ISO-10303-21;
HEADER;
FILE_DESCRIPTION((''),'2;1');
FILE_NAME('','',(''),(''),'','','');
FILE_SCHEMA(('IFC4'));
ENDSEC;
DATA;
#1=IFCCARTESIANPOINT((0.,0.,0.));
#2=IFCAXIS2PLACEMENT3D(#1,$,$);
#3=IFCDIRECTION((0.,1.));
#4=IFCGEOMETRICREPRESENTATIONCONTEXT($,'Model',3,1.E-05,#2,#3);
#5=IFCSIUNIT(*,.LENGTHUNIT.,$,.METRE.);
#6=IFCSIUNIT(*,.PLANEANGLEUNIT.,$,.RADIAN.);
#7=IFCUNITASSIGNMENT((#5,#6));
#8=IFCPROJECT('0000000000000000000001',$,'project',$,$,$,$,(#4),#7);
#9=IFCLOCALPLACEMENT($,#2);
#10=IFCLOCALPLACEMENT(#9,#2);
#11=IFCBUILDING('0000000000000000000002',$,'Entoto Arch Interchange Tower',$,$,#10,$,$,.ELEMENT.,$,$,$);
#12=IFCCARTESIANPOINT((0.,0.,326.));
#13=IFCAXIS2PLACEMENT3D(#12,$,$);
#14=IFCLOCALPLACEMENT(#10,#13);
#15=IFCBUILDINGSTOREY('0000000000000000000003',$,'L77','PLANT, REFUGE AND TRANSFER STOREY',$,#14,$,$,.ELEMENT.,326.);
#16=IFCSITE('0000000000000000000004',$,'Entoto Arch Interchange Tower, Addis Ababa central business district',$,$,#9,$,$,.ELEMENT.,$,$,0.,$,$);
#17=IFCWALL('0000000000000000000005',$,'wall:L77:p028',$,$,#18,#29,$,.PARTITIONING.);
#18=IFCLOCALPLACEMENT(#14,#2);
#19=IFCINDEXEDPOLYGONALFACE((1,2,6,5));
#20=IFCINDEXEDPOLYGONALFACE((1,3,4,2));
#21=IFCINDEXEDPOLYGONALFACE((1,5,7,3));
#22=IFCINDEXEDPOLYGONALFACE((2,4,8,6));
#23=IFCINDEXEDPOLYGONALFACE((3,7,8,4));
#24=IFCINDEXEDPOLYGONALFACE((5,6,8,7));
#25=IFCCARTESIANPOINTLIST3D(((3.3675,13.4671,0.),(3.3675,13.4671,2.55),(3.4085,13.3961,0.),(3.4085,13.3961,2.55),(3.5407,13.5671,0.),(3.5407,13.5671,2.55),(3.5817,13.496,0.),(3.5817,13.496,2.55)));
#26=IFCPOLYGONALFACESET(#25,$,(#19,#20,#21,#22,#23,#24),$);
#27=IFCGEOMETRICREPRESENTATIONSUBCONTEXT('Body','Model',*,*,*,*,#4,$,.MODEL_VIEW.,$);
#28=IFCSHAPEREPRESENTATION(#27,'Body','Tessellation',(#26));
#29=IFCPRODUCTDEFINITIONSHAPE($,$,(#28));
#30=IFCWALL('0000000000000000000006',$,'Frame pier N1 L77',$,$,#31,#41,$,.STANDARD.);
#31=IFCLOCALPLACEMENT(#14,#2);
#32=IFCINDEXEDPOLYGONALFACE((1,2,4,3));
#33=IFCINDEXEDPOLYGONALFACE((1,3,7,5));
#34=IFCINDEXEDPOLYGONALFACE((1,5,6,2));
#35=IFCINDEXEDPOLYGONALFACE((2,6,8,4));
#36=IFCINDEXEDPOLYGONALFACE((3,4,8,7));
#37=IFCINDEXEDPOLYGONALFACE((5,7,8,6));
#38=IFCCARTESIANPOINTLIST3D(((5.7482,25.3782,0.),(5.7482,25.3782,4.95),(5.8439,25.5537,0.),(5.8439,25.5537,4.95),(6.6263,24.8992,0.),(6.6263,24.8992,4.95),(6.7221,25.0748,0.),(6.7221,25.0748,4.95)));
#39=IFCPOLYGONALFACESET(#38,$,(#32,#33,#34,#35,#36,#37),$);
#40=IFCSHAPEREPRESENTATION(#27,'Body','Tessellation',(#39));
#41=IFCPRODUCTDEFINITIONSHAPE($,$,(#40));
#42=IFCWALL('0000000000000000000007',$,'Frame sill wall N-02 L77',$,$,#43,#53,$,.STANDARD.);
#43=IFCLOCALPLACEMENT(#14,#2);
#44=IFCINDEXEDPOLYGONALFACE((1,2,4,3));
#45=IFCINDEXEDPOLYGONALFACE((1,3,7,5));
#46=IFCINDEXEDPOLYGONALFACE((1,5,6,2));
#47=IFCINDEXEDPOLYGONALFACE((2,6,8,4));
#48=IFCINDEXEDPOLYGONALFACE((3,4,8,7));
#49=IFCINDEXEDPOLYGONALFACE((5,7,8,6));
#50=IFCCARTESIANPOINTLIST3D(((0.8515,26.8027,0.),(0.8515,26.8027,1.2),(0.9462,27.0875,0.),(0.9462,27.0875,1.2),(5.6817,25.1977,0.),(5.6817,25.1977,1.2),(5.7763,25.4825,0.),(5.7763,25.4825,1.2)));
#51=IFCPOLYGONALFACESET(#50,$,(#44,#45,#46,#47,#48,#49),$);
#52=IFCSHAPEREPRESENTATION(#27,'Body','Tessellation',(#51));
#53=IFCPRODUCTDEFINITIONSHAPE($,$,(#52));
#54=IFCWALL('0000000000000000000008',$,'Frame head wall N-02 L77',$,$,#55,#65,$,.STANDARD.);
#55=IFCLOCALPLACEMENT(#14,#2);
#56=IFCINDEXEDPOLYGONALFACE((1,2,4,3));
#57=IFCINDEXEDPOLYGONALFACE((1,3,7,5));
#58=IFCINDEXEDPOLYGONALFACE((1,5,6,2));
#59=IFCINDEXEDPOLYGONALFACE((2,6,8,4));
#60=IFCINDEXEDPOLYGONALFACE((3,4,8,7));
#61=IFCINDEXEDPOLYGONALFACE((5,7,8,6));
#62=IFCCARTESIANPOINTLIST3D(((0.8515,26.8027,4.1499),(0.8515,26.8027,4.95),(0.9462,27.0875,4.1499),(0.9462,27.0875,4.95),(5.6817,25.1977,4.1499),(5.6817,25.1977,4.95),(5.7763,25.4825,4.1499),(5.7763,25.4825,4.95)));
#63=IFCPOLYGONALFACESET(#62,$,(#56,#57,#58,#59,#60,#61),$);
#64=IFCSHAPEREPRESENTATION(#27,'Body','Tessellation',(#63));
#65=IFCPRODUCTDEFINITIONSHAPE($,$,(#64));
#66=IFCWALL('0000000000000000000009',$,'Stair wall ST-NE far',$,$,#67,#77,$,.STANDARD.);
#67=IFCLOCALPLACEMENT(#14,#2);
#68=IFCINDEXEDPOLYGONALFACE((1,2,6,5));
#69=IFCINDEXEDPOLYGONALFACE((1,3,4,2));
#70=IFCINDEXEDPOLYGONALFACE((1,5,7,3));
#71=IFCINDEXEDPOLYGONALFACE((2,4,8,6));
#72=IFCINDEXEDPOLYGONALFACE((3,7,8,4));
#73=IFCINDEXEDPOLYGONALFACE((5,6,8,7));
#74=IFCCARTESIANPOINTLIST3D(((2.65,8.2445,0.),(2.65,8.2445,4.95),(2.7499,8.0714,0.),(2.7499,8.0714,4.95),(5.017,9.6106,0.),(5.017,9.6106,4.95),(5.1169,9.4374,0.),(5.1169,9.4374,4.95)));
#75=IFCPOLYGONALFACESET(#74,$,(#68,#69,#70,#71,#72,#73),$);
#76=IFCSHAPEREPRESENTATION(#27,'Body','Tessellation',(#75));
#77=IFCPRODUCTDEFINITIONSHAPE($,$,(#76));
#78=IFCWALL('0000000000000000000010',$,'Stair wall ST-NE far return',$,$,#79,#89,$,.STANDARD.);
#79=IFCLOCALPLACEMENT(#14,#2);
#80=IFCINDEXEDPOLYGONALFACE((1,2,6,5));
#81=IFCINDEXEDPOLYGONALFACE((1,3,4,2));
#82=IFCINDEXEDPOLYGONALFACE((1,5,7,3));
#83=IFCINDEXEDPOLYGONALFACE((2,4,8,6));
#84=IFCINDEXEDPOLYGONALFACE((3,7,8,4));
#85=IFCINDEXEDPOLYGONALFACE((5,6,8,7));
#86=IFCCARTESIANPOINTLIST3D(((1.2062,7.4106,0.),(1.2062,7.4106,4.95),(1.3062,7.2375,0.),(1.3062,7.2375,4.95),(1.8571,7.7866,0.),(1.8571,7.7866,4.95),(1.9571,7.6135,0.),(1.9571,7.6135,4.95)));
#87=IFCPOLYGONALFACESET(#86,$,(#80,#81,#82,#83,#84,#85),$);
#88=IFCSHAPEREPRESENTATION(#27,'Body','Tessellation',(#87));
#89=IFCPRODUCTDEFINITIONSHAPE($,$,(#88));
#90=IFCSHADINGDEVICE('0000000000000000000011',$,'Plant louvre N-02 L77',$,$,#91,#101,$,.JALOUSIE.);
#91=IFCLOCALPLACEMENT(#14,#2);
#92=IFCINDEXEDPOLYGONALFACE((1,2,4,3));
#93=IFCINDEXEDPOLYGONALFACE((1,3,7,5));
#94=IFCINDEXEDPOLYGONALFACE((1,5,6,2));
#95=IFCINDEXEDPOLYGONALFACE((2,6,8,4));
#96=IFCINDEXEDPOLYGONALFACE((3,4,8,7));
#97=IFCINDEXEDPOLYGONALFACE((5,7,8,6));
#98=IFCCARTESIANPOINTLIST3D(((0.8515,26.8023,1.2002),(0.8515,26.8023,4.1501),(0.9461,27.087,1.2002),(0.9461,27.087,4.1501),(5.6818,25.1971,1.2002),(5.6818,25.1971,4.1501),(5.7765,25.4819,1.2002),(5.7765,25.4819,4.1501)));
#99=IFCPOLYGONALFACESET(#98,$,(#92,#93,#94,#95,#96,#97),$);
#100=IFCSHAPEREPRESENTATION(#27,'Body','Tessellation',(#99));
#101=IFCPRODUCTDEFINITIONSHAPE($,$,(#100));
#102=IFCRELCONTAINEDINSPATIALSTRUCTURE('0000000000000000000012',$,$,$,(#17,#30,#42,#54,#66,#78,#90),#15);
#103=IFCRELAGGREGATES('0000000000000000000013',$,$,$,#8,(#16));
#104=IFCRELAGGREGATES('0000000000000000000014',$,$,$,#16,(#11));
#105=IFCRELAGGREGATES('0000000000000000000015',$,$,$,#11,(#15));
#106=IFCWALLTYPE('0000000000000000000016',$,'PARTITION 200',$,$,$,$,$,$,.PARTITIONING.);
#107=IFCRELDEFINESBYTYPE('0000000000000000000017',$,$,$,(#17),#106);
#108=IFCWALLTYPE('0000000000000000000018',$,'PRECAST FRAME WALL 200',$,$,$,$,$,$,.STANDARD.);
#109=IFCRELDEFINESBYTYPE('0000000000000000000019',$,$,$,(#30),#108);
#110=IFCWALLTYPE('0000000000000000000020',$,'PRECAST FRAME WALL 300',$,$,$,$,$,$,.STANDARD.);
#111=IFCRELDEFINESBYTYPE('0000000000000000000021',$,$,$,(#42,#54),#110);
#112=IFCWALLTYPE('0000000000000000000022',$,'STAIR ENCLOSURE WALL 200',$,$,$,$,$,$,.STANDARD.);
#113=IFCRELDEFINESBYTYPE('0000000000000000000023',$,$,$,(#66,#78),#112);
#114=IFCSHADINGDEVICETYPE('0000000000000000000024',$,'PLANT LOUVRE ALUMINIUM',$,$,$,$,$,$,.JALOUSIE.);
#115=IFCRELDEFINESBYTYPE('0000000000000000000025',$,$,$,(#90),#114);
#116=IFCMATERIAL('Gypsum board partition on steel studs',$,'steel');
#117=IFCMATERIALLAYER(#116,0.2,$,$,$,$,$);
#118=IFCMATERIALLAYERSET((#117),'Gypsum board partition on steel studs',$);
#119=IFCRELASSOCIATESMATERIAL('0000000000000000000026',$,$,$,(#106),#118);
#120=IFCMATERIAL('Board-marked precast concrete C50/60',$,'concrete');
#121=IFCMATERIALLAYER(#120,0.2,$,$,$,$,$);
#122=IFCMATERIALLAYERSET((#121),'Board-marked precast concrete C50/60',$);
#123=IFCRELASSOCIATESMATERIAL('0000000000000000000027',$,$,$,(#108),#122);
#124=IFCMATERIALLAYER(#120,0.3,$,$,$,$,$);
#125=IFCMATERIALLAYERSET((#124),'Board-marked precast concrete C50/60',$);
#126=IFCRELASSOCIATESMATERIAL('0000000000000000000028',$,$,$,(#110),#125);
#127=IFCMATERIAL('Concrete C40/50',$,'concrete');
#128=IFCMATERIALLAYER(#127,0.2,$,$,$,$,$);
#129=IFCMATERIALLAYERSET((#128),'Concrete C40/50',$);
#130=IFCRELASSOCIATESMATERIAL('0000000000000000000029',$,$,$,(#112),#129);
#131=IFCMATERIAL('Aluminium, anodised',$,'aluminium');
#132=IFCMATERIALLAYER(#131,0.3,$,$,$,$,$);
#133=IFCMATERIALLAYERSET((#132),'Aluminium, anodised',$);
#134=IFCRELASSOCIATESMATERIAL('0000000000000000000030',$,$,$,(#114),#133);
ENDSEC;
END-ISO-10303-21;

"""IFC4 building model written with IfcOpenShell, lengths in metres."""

from ifc_helpers import new_model, si_unit, direction, frame, frame_2d, origin, origin_2d, place, context, subcontext, project, spatial, rectangle, extrude, material, layer, layer_set, type_object, element, save


model = new_model("IFC4")

# Units and contexts
model_context = context("Model", 3, precision=1e-05, world=origin(), true_north=direction((0.0, 1.0)))
body_context = subcontext(model_context, "Body", "Model", "MODEL_VIEW")
ifc_project = project(units=[si_unit("LENGTHUNIT", "METRE"), si_unit("PLANEANGLEUNIT", "RADIAN")], contexts=[model_context])

# Site, building, storey
site_placement = place(None, origin())
site = spatial("IfcSite", under=ifc_project, at=site_placement, Name="Entoto Arch Interchange Tower, Addis Ababa central business district", CompositionType="ELEMENT", RefElevation=0.0)
building_placement = place(site_placement, origin())
building = spatial("IfcBuilding", under=site, at=building_placement, Name="Entoto Arch Interchange Tower", CompositionType="ELEMENT")
storey_placement = place(building_placement, frame((0.0, 0.0, 326.0)))
storey = spatial("IfcBuildingStorey", under=building, at=storey_placement, Name="L77", Description="PLANT, REFUGE AND TRANSFER STOREY", CompositionType="ELEMENT", Elevation=326.0)

# Shared definitions
ifc_material_1 = material(Name="Concrete C40/50", Category="concrete")

# Shared definitions
ifc_material_2 = material(Name="Gypsum board partition on steel studs", Category="steel")
ifc_layer_1 = layer(ifc_material_2, 0.2)
ifc_layer_set_1 = layer_set([ifc_layer_1], Name="Gypsum board partition on steel studs")
wall_type_1 = type_object("IfcWallType", Name="PARTITION 200", PredefinedType="PARTITIONING", material=ifc_layer_set_1)

# Walls
wall_1_placement = place(storey_placement, frame((3.4951, 13.446, 0.0), z_axis=(0.0, 0.0, 1.0), x_axis=(-0.49998, 0.866037, 0.0)))
element("IfcWall", 1, at=wall_1_placement, inside=storey, type_object=wall_type_1, Name="wall:L77:p028", PredefinedType="PARTITIONING", context=body_context, shape_type="SweptSolid", body=[
    extrude(rectangle(XDim=0.082, YDim=0.2, at=frame_2d((0.041, 0.0))), origin(), (0.0, 0.0, 1.0), 2.55),
])
ifc_material_3 = material(Name="Board-marked precast concrete C50/60", Category="concrete")
ifc_layer_2 = layer(ifc_material_3, 0.2)
ifc_layer_set_2 = layer_set([ifc_layer_2], Name="Board-marked precast concrete C50/60")
wall_type_2 = type_object("IfcWallType", Name="PRECAST FRAME WALL 200", PredefinedType="STANDARD", material=ifc_layer_set_2)
wall_2_placement = place(storey_placement, frame((6.6741, 24.9871, 0.0), z_axis=(0.0, 0.0, 1.0), x_axis=(-0.877896, 0.478852, 0.0)))
element("IfcWall", 2, at=wall_2_placement, inside=storey, type_object=wall_type_2, Name="Frame pier N1 L77", PredefinedType="STANDARD", context=body_context, shape_type="SweptSolid", body=[
    extrude(rectangle(XDim=1.0002, YDim=0.2, at=frame_2d((0.5, 0.0))), origin(), (0.0, 0.0, 1.0), 4.95),
])
ifc_layer_3 = layer(ifc_material_3, 0.3)
ifc_layer_set_3 = layer_set([ifc_layer_3], Name="Board-marked precast concrete C50/60")
wall_type_3 = type_object("IfcWallType", Name="PRECAST FRAME WALL 300", PredefinedType="STANDARD", material=ifc_layer_set_3)
wall_3_placement = place(storey_placement, frame((5.729, 25.3401, 0.0), z_axis=(0.0, 0.0, 1.0), x_axis=(-0.94898, 0.315335, 0.0)))
element("IfcWall", 3, at=wall_3_placement, inside=storey, type_object=wall_type_3, Name="Frame sill wall N-02 L77", PredefinedType="STANDARD", context=body_context, shape_type="SweptSolid", body=[
    extrude(rectangle(XDim=5.0898, YDim=0.3, at=frame_2d((2.5449, 0.0))), origin(), (0.0, 0.0, 1.0), 1.2),
])
wall_4_placement = place(storey_placement, frame((5.729, 25.3401, 4.1499), z_axis=(0.0, 0.0, 1.0), x_axis=(-0.94898, 0.315335, 0.0)))
element("IfcWall", 4, at=wall_4_placement, inside=storey, type_object=wall_type_3, Name="Frame head wall N-02 L77", PredefinedType="STANDARD", context=body_context, shape_type="SweptSolid", body=[
    extrude(rectangle(XDim=5.0898, YDim=0.3, at=frame_2d((2.5449, 0.0))), origin(), (0.0, 0.0, 1.0), 0.8),
])
ifc_layer_4 = layer(ifc_material_1, 0.2)
ifc_layer_set_4 = layer_set([ifc_layer_4], Name="Concrete C40/50")
wall_type_4 = type_object("IfcWallType", Name="STAIR ENCLOSURE WALL 200", PredefinedType="STANDARD", material=ifc_layer_set_4)
wall_5_placement = place(storey_placement, frame((2.7, 8.158, 0.0), z_axis=(0.0, 0.0, 1.0), x_axis=(0.866119, 0.499838, 0.0)))
element("IfcWall", 5, at=wall_5_placement, inside=storey, type_object=wall_type_4, Name="Stair wall ST-NE far", PredefinedType="STANDARD", context=body_context, shape_type="SweptSolid", body=[
    extrude(rectangle(XDim=2.7329, YDim=0.2, at=frame_2d((1.3665, 0.0))), origin(), (0.0, 0.0, 1.0), 4.95),
])
wall_6_placement = place(storey_placement, frame((1.2561, 7.324, 0.0), z_axis=(0.0, 0.0, 1.0), x_axis=(0.865915, 0.500191, 0.0)))
element("IfcWall", 6, at=wall_6_placement, inside=storey, type_object=wall_type_4, Name="Stair wall ST-NE far return", PredefinedType="STANDARD", context=body_context, shape_type="SweptSolid", body=[
    extrude(rectangle(XDim=0.7517, YDim=0.2, at=frame_2d((0.376, 0.0))), origin(), (0.0, 0.0, 1.0), 4.95),
])

# Shading device
ifc_material_4 = material(Name="Aluminium, anodised", Category="aluminium")
ifc_layer_5 = layer(ifc_material_4, 0.3)
ifc_layer_set_5 = layer_set([ifc_layer_5], Name="Aluminium, anodised")
shading_device_type = type_object("IfcShadingDeviceType", Name="PLANT LOUVRE ALUMINIUM", PredefinedType="JALOUSIE", material=ifc_layer_set_5)
shading_device_placement = place(storey_placement, frame((3.314, 26.1421, 1.2002), z_axis=(0.0, 0.0, 1.0), x_axis=(-0.948975, 0.315351, 0.0)))
element("IfcShadingDevice", 7, at=shading_device_placement, inside=storey, type_object=shading_device_type, Name="Plant louvre N-02 L77", PredefinedType="JALOUSIE", context=body_context, shape_type="SweptSolid", body=[
    extrude(rectangle(XDim=5.0901, YDim=0.3, at=origin_2d()), origin(), (0.0, 0.0, 1.0), 2.95),
])

save(model, "model.ifc")
